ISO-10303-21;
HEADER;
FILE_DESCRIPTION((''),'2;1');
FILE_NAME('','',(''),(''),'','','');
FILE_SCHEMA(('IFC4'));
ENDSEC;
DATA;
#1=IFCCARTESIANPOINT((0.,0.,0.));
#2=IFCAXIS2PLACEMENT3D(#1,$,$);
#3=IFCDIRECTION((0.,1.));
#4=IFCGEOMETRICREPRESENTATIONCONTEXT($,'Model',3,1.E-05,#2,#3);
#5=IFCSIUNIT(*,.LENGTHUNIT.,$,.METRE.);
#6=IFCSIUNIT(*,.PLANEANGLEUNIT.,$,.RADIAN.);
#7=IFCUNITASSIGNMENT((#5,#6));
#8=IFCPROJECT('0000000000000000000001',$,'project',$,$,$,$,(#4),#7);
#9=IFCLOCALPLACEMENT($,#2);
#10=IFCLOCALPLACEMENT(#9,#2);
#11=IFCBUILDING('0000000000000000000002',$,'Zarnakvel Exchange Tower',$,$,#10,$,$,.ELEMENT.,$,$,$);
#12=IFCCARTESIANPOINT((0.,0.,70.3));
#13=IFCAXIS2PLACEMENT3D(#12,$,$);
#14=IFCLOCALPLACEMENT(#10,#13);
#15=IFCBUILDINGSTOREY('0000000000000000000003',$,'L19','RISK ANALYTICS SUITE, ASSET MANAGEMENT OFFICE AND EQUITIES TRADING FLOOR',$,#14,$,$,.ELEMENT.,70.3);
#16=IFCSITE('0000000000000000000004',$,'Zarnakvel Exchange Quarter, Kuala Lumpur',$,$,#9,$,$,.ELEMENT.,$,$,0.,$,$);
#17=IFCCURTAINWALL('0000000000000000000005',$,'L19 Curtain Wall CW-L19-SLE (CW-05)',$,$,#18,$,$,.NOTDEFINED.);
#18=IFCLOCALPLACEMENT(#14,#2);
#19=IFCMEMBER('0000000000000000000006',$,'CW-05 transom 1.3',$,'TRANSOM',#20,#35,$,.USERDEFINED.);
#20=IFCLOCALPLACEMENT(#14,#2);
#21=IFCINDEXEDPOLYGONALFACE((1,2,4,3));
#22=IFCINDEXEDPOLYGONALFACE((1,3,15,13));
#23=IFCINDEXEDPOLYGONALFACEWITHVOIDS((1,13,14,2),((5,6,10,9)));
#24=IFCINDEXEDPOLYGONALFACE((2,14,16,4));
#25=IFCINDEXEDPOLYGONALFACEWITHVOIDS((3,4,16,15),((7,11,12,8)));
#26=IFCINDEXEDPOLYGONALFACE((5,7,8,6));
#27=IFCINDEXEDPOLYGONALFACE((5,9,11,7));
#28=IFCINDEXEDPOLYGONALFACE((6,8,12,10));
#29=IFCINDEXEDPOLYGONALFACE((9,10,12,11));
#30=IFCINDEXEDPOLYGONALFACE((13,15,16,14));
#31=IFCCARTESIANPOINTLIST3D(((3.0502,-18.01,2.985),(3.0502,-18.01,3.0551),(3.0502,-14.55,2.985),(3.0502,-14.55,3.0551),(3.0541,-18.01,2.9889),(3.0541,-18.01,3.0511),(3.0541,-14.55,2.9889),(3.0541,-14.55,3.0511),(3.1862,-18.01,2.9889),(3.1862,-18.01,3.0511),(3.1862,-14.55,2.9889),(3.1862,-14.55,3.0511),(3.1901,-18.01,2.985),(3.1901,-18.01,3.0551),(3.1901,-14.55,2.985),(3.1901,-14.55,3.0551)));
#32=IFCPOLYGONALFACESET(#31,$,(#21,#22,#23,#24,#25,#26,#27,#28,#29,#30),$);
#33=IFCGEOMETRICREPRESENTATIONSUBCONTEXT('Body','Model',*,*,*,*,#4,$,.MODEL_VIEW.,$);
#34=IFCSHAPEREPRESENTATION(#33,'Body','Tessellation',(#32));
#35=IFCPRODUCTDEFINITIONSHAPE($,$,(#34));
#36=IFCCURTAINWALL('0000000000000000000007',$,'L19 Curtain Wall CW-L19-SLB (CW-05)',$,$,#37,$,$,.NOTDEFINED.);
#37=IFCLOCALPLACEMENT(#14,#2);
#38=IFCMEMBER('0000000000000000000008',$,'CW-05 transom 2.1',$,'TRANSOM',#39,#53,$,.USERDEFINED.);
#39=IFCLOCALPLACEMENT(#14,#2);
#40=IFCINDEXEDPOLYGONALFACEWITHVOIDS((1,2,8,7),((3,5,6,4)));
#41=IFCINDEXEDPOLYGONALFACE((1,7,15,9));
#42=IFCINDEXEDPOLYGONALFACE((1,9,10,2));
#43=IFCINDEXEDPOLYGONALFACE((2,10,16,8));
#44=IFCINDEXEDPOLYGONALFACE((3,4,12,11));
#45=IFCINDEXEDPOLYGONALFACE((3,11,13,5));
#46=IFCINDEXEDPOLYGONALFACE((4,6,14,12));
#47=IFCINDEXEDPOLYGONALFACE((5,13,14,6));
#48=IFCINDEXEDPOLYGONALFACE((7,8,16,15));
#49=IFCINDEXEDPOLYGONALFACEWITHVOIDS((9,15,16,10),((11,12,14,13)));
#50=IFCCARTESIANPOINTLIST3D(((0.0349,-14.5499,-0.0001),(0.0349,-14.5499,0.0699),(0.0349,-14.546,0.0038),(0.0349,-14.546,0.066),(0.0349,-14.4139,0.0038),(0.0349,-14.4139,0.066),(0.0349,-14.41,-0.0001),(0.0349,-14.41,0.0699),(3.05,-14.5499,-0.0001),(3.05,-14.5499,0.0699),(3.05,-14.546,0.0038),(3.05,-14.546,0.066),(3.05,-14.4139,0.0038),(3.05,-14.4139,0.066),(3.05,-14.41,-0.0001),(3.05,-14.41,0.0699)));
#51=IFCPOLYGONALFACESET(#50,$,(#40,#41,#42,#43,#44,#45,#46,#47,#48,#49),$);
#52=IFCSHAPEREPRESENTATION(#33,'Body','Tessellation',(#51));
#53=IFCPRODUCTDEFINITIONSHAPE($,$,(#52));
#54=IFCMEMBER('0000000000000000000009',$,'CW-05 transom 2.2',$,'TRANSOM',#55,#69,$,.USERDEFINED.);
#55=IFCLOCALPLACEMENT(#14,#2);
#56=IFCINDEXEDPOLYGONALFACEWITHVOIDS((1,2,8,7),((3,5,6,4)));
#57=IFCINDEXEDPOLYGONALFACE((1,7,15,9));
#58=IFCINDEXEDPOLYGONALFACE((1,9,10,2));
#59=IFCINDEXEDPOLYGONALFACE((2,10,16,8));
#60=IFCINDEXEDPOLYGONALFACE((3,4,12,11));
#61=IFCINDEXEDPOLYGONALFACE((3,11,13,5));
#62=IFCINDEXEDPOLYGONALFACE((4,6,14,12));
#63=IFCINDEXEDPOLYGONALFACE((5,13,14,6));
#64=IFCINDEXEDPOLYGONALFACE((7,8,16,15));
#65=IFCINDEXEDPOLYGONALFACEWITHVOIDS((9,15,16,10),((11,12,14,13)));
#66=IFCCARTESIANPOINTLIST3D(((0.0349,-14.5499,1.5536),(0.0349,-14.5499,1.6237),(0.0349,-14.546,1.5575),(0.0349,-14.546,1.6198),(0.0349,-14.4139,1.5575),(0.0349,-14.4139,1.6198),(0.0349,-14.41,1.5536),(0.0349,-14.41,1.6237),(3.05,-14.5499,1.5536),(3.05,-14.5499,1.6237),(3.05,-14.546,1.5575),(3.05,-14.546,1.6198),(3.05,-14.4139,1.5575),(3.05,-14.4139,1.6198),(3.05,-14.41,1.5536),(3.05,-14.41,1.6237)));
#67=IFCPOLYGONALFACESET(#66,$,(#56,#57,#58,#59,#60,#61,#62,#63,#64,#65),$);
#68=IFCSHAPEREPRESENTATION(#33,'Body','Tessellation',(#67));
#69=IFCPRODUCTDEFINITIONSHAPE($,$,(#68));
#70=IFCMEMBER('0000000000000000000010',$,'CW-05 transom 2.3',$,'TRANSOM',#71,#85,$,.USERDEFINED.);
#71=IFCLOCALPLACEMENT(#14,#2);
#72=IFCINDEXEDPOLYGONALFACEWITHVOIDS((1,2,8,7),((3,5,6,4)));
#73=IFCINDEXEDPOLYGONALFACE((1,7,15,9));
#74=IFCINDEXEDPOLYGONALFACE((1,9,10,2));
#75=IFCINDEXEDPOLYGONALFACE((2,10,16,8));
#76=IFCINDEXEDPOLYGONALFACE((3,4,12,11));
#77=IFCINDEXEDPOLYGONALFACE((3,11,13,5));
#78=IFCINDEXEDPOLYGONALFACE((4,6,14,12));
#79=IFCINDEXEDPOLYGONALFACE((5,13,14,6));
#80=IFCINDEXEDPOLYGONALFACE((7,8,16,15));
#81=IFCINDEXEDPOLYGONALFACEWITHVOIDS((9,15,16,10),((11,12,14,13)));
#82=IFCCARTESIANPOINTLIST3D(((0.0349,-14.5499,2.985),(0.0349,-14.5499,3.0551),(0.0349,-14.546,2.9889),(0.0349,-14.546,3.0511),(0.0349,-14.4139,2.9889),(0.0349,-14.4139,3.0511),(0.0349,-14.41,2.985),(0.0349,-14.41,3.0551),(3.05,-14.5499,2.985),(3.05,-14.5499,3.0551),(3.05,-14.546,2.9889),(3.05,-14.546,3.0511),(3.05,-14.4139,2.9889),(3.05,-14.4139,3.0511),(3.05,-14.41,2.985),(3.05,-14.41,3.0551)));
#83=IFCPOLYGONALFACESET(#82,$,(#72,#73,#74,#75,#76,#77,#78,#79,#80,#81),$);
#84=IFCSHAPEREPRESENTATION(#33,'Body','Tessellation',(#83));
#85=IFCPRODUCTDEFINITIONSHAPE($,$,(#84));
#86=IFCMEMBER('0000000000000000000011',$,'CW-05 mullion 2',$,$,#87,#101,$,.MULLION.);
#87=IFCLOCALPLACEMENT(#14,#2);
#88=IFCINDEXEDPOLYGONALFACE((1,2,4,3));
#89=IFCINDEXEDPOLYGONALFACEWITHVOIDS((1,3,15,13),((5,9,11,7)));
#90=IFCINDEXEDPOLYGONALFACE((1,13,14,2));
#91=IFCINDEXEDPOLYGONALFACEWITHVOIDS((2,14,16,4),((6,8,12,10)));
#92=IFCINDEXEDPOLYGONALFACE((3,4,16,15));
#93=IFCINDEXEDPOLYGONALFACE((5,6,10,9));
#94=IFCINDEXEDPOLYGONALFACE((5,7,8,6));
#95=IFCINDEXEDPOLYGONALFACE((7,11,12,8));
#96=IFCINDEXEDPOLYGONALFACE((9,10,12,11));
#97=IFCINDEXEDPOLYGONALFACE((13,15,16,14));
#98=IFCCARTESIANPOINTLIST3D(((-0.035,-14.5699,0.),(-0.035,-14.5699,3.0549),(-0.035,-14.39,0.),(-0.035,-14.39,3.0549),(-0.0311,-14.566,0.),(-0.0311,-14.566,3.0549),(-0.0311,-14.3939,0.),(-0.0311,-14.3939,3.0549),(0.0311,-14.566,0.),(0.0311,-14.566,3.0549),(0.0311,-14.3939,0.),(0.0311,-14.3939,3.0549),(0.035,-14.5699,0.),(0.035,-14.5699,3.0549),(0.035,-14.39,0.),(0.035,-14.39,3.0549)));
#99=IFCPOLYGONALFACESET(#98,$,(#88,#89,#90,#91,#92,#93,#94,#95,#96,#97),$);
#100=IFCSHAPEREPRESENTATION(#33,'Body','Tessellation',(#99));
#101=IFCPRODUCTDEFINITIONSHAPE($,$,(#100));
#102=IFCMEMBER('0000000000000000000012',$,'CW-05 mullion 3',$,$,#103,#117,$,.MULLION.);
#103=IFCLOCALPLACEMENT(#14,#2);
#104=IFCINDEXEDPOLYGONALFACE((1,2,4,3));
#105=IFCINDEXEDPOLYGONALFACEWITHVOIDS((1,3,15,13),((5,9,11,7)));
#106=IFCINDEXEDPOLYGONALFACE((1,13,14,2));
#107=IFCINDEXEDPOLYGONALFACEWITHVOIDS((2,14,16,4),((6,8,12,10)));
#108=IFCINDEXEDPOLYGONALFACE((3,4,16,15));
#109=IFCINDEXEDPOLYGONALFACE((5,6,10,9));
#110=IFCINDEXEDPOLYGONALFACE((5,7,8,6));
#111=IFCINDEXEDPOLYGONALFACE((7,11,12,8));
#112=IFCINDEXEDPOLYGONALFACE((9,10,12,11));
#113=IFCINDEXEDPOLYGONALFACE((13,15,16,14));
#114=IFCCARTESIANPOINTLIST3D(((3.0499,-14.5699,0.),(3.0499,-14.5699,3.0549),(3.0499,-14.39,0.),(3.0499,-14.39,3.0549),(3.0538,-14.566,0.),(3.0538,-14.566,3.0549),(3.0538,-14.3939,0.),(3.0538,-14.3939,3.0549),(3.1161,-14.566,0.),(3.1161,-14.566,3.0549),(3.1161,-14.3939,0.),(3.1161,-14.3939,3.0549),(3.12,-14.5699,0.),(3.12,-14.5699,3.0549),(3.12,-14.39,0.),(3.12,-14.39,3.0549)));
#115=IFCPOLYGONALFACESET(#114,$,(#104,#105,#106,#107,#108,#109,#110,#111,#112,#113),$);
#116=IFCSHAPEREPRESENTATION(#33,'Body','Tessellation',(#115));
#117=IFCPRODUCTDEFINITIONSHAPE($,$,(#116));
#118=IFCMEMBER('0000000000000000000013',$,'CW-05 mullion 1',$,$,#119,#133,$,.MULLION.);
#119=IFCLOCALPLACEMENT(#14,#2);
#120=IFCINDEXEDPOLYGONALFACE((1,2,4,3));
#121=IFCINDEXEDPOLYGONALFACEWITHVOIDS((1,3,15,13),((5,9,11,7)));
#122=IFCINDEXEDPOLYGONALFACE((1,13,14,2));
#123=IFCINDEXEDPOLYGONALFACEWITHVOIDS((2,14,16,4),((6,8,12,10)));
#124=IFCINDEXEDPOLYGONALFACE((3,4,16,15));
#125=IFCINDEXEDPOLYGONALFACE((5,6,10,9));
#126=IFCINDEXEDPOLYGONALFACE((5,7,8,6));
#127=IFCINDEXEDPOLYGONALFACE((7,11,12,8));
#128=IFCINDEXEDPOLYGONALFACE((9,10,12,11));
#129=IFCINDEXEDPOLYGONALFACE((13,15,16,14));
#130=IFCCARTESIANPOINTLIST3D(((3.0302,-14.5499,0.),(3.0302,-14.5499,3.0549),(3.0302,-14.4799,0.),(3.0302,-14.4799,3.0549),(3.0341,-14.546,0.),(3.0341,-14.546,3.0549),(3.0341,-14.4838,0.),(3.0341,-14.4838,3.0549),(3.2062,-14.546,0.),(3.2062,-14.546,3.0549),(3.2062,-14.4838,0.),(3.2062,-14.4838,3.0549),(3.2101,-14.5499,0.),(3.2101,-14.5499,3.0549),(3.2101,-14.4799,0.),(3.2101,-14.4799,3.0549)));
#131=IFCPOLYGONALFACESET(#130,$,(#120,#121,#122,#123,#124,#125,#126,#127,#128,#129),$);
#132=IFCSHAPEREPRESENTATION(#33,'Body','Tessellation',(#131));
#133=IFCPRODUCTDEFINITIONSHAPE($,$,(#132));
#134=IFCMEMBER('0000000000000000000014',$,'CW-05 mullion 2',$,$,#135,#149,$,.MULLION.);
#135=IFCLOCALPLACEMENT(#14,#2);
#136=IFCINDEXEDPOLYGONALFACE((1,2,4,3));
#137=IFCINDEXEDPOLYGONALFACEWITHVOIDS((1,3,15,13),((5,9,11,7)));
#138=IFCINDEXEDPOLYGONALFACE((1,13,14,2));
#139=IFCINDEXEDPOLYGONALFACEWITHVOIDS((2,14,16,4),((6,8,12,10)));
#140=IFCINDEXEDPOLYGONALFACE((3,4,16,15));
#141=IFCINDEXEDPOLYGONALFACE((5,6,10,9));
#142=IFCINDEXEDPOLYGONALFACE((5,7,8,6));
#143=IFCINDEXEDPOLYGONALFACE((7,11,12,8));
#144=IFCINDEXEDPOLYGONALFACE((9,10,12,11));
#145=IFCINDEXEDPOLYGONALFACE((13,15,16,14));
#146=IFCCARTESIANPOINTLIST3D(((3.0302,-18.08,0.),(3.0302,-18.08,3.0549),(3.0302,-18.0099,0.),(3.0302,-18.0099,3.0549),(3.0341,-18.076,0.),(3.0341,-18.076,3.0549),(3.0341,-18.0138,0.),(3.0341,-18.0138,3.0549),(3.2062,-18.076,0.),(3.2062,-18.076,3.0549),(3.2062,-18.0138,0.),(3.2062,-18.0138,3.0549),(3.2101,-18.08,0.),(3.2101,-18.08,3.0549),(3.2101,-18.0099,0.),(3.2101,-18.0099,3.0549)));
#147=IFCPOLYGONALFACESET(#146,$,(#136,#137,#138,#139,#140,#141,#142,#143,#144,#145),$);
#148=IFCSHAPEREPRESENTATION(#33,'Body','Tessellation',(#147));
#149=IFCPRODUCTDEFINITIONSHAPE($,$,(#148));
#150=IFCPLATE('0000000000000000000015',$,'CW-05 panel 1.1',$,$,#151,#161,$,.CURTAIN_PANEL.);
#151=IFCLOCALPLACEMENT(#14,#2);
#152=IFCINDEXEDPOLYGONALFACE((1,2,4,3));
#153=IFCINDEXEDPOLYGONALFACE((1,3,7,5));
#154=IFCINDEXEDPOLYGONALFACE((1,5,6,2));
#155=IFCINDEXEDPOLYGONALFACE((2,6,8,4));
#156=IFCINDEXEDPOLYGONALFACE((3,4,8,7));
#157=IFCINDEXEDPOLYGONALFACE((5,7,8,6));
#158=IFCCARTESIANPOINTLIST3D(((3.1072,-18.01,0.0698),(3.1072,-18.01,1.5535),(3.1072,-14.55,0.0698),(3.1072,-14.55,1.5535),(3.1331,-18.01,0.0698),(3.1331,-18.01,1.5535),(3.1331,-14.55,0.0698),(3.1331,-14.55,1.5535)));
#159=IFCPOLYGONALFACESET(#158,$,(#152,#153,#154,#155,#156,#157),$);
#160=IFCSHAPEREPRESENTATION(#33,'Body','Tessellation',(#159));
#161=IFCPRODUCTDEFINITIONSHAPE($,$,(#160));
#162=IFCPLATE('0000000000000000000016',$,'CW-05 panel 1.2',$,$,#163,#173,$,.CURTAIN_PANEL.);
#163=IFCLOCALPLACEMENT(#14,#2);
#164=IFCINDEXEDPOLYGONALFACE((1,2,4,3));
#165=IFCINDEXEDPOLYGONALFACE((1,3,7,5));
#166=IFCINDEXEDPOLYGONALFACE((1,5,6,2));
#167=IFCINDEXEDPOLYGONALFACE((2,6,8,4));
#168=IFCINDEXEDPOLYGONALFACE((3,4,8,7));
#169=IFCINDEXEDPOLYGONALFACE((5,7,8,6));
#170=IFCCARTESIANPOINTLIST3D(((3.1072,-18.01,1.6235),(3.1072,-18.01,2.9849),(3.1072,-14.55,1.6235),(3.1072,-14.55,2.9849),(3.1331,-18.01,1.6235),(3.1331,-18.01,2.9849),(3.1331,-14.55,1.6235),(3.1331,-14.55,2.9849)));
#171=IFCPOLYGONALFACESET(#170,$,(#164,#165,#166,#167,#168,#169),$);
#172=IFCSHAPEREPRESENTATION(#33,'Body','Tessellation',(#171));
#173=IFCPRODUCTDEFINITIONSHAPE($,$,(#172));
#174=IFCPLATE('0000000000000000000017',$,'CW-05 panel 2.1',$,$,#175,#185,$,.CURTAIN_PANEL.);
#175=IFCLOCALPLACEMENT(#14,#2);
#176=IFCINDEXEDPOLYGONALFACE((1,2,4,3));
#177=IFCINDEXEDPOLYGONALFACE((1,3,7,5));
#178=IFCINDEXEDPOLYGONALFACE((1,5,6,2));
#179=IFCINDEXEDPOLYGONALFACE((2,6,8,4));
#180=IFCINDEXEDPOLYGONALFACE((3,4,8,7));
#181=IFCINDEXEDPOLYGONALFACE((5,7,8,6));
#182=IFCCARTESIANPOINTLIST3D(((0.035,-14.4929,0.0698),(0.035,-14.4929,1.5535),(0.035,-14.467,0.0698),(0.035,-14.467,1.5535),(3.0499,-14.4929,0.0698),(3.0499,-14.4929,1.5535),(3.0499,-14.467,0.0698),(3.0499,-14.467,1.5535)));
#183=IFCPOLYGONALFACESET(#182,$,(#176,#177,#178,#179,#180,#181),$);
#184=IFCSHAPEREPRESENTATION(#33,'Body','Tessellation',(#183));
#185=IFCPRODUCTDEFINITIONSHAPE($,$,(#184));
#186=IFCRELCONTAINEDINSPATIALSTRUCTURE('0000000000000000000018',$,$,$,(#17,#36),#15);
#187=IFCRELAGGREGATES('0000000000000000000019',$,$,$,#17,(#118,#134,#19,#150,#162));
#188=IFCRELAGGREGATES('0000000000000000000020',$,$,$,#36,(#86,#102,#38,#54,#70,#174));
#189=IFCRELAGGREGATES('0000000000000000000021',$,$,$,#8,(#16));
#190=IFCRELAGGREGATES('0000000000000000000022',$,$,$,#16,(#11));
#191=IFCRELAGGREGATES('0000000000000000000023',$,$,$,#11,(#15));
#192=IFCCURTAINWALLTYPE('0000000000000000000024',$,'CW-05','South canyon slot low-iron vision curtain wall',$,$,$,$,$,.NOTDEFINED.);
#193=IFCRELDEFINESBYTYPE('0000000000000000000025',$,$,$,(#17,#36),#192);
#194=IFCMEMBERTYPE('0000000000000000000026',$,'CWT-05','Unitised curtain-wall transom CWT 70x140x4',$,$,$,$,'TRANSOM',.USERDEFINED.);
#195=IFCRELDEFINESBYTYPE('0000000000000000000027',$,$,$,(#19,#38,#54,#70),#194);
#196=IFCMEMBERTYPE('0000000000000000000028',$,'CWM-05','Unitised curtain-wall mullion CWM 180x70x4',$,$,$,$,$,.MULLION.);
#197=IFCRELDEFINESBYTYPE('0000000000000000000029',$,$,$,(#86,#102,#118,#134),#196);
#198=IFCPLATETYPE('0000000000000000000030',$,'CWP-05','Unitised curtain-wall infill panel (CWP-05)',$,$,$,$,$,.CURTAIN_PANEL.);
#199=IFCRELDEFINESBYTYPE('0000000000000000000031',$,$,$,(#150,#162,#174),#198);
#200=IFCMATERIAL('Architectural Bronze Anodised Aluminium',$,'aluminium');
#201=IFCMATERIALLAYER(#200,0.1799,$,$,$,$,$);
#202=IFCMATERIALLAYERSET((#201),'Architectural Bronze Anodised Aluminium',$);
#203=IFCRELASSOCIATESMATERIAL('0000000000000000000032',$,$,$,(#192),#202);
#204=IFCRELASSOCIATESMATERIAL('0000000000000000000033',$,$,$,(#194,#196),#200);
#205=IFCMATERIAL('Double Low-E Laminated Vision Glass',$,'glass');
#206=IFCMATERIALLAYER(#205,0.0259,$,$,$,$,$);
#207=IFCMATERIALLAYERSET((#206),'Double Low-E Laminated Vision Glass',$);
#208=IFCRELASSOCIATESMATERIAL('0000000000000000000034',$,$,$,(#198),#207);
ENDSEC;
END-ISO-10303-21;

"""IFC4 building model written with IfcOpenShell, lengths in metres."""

from ifc_helpers import new_model, si_unit, direction, frame, origin, origin_2d, place, context, subcontext, project, spatial, rectangle, hollow_rectangle, extrude, source, transform, mapped, material, layer, layer_set, material_profile, profile_set, type_object, element, aggregate, save


model = new_model("IFC4")

# Units and contexts
model_context = context("Model", 3, precision=1e-05, world=origin(), true_north=direction((0.0, 1.0)))
body_context = subcontext(model_context, "Body", "Model", "MODEL_VIEW")
ifc_project = project(units=[si_unit("LENGTHUNIT", "METRE"), si_unit("PLANEANGLEUNIT", "RADIAN")], contexts=[model_context])

# Site, building, storey
site_placement = place(None, origin())
site = spatial("IfcSite", under=ifc_project, at=site_placement, Name="Zarnakvel Exchange Quarter, Kuala Lumpur", CompositionType="ELEMENT", RefElevation=0.0)
building_placement = place(site_placement, origin())
building = spatial("IfcBuilding", under=site, at=building_placement, Name="Zarnakvel Exchange Tower", CompositionType="ELEMENT")
storey_placement = place(building_placement, frame((0.0, 0.0, 70.3)))
storey = spatial("IfcBuildingStorey", under=building, at=storey_placement, Name="L19", Description="RISK ANALYTICS SUITE, ASSET MANAGEMENT OFFICE AND EQUITIES TRADING FLOOR", CompositionType="ELEMENT", Elevation=70.3)

# Curtain walls, members
ifc_material_1 = material(Name="Architectural Bronze Anodised Aluminium", Category="aluminium")
ifc_layer_1 = layer(ifc_material_1, 0.1799)
ifc_layer_set_1 = layer_set([ifc_layer_1], Name="Architectural Bronze Anodised Aluminium")
curtain_wall_type = type_object("IfcCurtainWallType", Name="CW-05", Description="South canyon slot low-iron vision curtain wall", PredefinedType="NOTDEFINED", material=ifc_layer_set_1)
curtain_wall_1_placement = place(storey_placement, origin())
curtain_wall_1 = element("IfcCurtainWall", 1, at=curtain_wall_1_placement, inside=storey, type_object=curtain_wall_type, Name="L19 Curtain Wall CW-L19-SLE (CW-05)", PredefinedType="NOTDEFINED")
ifc_material_profile_1 = material_profile(ifc_material_1, hollow_rectangle(XDim=0.1399, YDim=0.0701, WallThickness=0.0039, at=origin_2d()))
ifc_profile_set_1 = profile_set([ifc_material_profile_1], Name="Architectural Bronze Anodised Aluminium")
member_type_1 = type_object("IfcMemberType", Name="CWT-05", Description="Unitised curtain-wall transom CWT 70x140x4", ElementType="TRANSOM", PredefinedType="USERDEFINED", material=ifc_profile_set_1)
shared_shape_1 = source(origin(), body_context, "Body", "SweptSolid", [
    extrude(hollow_rectangle(XDim=0.1399, YDim=0.0701, WallThickness=0.0039, at=origin_2d()), origin(), (0.0, 0.0, 1.0), 3.46),
])
member_1_placement = place(storey_placement, frame((3.1201, -14.55, 3.02), z_axis=(0.0, -1.0, 0.0), x_axis=(1.0, 0.0, 0.0)))
member_1 = element("IfcMember", 2, at=member_1_placement, type_object=member_type_1, Name="CW-05 transom 1.3", ObjectType="TRANSOM", PredefinedType="USERDEFINED", context=body_context, shape_type="MappedRepresentation", body=[
    mapped(shared_shape_1, transform((0.0, 0.0, 0.0), x_axis=(1.0, 0.0, 0.0), y_axis=(0.0, 1.0, 0.0), z_axis=(0.0, 0.0, 1.0), scale=1.0)),
])
curtain_wall_2_placement = place(storey_placement, origin())
curtain_wall_2 = element("IfcCurtainWall", 3, at=curtain_wall_2_placement, inside=storey, type_object=curtain_wall_type, Name="L19 Curtain Wall CW-L19-SLB (CW-05)", PredefinedType="NOTDEFINED")
shared_shape_2 = source(origin(), body_context, "Body", "SweptSolid", [
    extrude(hollow_rectangle(XDim=0.1399, YDim=0.0701, WallThickness=0.0039, at=origin_2d()), origin(), (0.0, 0.0, 1.0), 3.0151),
])
member_2_placement = place(storey_placement, frame((0.0349, -14.48, 0.0349), z_axis=(1.0, 0.0, 0.0), x_axis=(0.0, 1.0, 0.0)))
member_2 = element("IfcMember", 4, at=member_2_placement, type_object=member_type_1, Name="CW-05 transom 2.1", ObjectType="TRANSOM", PredefinedType="USERDEFINED", context=body_context, shape_type="MappedRepresentation", body=[
    mapped(shared_shape_2, transform((0.0, 0.0, 0.0), x_axis=(1.0, 0.0, 0.0), y_axis=(0.0, 1.0, 0.0), z_axis=(0.0, 0.0, 1.0), scale=1.0)),
])
member_3_placement = place(storey_placement, frame((0.0349, -14.48, 1.5886), z_axis=(1.0, 0.0, 0.0), x_axis=(0.0, 1.0, 0.0)))
member_3 = element("IfcMember", 5, at=member_3_placement, type_object=member_type_1, Name="CW-05 transom 2.2", ObjectType="TRANSOM", PredefinedType="USERDEFINED", context=body_context, shape_type="MappedRepresentation", body=[
    mapped(shared_shape_2, transform((0.0, 0.0, 0.0), x_axis=(1.0, 0.0, 0.0), y_axis=(0.0, 1.0, 0.0), z_axis=(0.0, 0.0, 1.0), scale=1.0)),
])
member_4_placement = place(storey_placement, frame((0.0349, -14.48, 3.02), z_axis=(1.0, 0.0, 0.0), x_axis=(0.0, 1.0, 0.0)))
member_4 = element("IfcMember", 6, at=member_4_placement, type_object=member_type_1, Name="CW-05 transom 2.3", ObjectType="TRANSOM", PredefinedType="USERDEFINED", context=body_context, shape_type="MappedRepresentation", body=[
    mapped(shared_shape_2, transform((0.0, 0.0, 0.0), x_axis=(1.0, 0.0, 0.0), y_axis=(0.0, 1.0, 0.0), z_axis=(0.0, 0.0, 1.0), scale=1.0)),
])
ifc_material_profile_2 = material_profile(ifc_material_1, hollow_rectangle(XDim=0.1799, YDim=0.0701, WallThickness=0.0039, at=origin_2d()))
ifc_profile_set_2 = profile_set([ifc_material_profile_2], Name="Architectural Bronze Anodised Aluminium")
member_type_2 = type_object("IfcMemberType", Name="CWM-05", Description="Unitised curtain-wall mullion CWM 180x70x4", PredefinedType="MULLION", material=ifc_profile_set_2)
shared_shape_3 = source(origin(), body_context, "Body", "SweptSolid", [
    extrude(hollow_rectangle(XDim=0.1799, YDim=0.0701, WallThickness=0.0039, at=origin_2d()), origin(), (0.0, 0.0, 1.0), 3.0549),
])
member_5_placement = place(storey_placement, frame((0.0, -14.48, 0.0), z_axis=(0.0, 0.0, 1.0), x_axis=(0.0, 1.0, 0.0)))
member_5 = element("IfcMember", 7, at=member_5_placement, type_object=member_type_2, Name="CW-05 mullion 2", PredefinedType="MULLION", context=body_context, shape_type="MappedRepresentation", body=[
    mapped(shared_shape_3, transform((0.0, 0.0, 0.0), x_axis=(1.0, 0.0, 0.0), y_axis=(0.0, 1.0, 0.0), z_axis=(0.0, 0.0, 1.0), scale=1.0)),
])
member_6_placement = place(storey_placement, frame((3.085, -14.48, 0.0), z_axis=(0.0, 0.0, 1.0), x_axis=(0.0, 1.0, 0.0)))
member_6 = element("IfcMember", 8, at=member_6_placement, type_object=member_type_2, Name="CW-05 mullion 3", PredefinedType="MULLION", context=body_context, shape_type="MappedRepresentation", body=[
    mapped(shared_shape_3, transform((0.0, 0.0, 0.0), x_axis=(1.0, 0.0, 0.0), y_axis=(0.0, 1.0, 0.0), z_axis=(0.0, 0.0, 1.0), scale=1.0)),
])

# Members
member_7_placement = place(storey_placement, frame((3.1201, -14.5149, 0.0), z_axis=(0.0, 0.0, 1.0), x_axis=(1.0, 0.0, 0.0)))
member_7 = element("IfcMember", 9, at=member_7_placement, type_object=member_type_2, Name="CW-05 mullion 1", PredefinedType="MULLION", context=body_context, shape_type="MappedRepresentation", body=[
    mapped(shared_shape_3, transform((0.0, 0.0, 0.0), x_axis=(1.0, 0.0, 0.0), y_axis=(0.0, 1.0, 0.0), z_axis=(0.0, 0.0, 1.0), scale=1.0)),
])
member_8_placement = place(storey_placement, frame((3.1201, -18.0449, 0.0), z_axis=(0.0, 0.0, 1.0), x_axis=(1.0, 0.0, 0.0)))
member_8 = element("IfcMember", 10, at=member_8_placement, type_object=member_type_2, Name="CW-05 mullion 2", PredefinedType="MULLION", context=body_context, shape_type="MappedRepresentation", body=[
    mapped(shared_shape_3, transform((0.0, 0.0, 0.0), x_axis=(1.0, 0.0, 0.0), y_axis=(0.0, 1.0, 0.0), z_axis=(0.0, 0.0, 1.0), scale=1.0)),
])

# Plates
ifc_material_2 = material(Name="Double Low-E Laminated Vision Glass", Category="glass")
ifc_layer_2 = layer(ifc_material_2, 0.0259)
ifc_layer_set_2 = layer_set([ifc_layer_2], Name="Double Low-E Laminated Vision Glass")
plate_type = type_object("IfcPlateType", Name="CWP-05", Description="Unitised curtain-wall infill panel (CWP-05)", PredefinedType="CURTAIN_PANEL", material=ifc_layer_set_2)
shared_shape_4 = source(origin(), body_context, "Body", "SweptSolid", [
    extrude(rectangle(XDim=3.46, YDim=0.0259, at=origin_2d()), origin(), (0.0, 0.0, 1.0), 1.4836),
])
plate_1_placement = place(storey_placement, frame((3.1201, -16.28, 0.0698), z_axis=(0.0, 0.0, 1.0), x_axis=(0.0, -1.0, 0.0)))
plate_1 = element("IfcPlate", 11, at=plate_1_placement, type_object=plate_type, Name="CW-05 panel 1.1", PredefinedType="CURTAIN_PANEL", context=body_context, shape_type="MappedRepresentation", body=[
    mapped(shared_shape_4, transform((0.0, 0.0, 0.0), x_axis=(1.0, 0.0, 0.0), y_axis=(0.0, 1.0, 0.0), z_axis=(0.0, 0.0, 1.0), scale=1.0)),
])
shared_shape_5 = source(origin(), body_context, "Body", "SweptSolid", [
    extrude(rectangle(XDim=3.46, YDim=0.0259, at=origin_2d()), origin(), (0.0, 0.0, 1.0), 1.3613),
])
plate_2_placement = place(storey_placement, frame((3.1201, -16.28, 1.6235), z_axis=(0.0, 0.0, 1.0), x_axis=(0.0, -1.0, 0.0)))
plate_2 = element("IfcPlate", 12, at=plate_2_placement, type_object=plate_type, Name="CW-05 panel 1.2", PredefinedType="CURTAIN_PANEL", context=body_context, shape_type="MappedRepresentation", body=[
    mapped(shared_shape_5, transform((0.0, 0.0, 0.0), x_axis=(1.0, 0.0, 0.0), y_axis=(0.0, 1.0, 0.0), z_axis=(0.0, 0.0, 1.0), scale=1.0)),
])
aggregate(curtain_wall_1, [member_7, member_8, member_1, plate_1, plate_2])
shared_shape_6 = source(origin(), body_context, "Body", "SweptSolid", [
    extrude(rectangle(XDim=3.0149, YDim=0.0259, at=origin_2d()), origin(), (0.0, 0.0, 1.0), 1.4836),
])
plate_3_placement = place(storey_placement, frame((1.5425, -14.48, 0.0698), z_axis=(0.0, 0.0, 1.0), x_axis=(1.0, 0.0, 0.0)))
plate_3 = element("IfcPlate", 13, at=plate_3_placement, type_object=plate_type, Name="CW-05 panel 2.1", PredefinedType="CURTAIN_PANEL", context=body_context, shape_type="MappedRepresentation", body=[
    mapped(shared_shape_6, transform((0.0, 0.0, 0.0), x_axis=(1.0, 0.0, 0.0), y_axis=(0.0, 1.0, 0.0), z_axis=(0.0, 0.0, 1.0), scale=1.0)),
])
aggregate(curtain_wall_2, [member_5, member_6, member_2, member_3, member_4, plate_3])

save(model, "model.ifc")
